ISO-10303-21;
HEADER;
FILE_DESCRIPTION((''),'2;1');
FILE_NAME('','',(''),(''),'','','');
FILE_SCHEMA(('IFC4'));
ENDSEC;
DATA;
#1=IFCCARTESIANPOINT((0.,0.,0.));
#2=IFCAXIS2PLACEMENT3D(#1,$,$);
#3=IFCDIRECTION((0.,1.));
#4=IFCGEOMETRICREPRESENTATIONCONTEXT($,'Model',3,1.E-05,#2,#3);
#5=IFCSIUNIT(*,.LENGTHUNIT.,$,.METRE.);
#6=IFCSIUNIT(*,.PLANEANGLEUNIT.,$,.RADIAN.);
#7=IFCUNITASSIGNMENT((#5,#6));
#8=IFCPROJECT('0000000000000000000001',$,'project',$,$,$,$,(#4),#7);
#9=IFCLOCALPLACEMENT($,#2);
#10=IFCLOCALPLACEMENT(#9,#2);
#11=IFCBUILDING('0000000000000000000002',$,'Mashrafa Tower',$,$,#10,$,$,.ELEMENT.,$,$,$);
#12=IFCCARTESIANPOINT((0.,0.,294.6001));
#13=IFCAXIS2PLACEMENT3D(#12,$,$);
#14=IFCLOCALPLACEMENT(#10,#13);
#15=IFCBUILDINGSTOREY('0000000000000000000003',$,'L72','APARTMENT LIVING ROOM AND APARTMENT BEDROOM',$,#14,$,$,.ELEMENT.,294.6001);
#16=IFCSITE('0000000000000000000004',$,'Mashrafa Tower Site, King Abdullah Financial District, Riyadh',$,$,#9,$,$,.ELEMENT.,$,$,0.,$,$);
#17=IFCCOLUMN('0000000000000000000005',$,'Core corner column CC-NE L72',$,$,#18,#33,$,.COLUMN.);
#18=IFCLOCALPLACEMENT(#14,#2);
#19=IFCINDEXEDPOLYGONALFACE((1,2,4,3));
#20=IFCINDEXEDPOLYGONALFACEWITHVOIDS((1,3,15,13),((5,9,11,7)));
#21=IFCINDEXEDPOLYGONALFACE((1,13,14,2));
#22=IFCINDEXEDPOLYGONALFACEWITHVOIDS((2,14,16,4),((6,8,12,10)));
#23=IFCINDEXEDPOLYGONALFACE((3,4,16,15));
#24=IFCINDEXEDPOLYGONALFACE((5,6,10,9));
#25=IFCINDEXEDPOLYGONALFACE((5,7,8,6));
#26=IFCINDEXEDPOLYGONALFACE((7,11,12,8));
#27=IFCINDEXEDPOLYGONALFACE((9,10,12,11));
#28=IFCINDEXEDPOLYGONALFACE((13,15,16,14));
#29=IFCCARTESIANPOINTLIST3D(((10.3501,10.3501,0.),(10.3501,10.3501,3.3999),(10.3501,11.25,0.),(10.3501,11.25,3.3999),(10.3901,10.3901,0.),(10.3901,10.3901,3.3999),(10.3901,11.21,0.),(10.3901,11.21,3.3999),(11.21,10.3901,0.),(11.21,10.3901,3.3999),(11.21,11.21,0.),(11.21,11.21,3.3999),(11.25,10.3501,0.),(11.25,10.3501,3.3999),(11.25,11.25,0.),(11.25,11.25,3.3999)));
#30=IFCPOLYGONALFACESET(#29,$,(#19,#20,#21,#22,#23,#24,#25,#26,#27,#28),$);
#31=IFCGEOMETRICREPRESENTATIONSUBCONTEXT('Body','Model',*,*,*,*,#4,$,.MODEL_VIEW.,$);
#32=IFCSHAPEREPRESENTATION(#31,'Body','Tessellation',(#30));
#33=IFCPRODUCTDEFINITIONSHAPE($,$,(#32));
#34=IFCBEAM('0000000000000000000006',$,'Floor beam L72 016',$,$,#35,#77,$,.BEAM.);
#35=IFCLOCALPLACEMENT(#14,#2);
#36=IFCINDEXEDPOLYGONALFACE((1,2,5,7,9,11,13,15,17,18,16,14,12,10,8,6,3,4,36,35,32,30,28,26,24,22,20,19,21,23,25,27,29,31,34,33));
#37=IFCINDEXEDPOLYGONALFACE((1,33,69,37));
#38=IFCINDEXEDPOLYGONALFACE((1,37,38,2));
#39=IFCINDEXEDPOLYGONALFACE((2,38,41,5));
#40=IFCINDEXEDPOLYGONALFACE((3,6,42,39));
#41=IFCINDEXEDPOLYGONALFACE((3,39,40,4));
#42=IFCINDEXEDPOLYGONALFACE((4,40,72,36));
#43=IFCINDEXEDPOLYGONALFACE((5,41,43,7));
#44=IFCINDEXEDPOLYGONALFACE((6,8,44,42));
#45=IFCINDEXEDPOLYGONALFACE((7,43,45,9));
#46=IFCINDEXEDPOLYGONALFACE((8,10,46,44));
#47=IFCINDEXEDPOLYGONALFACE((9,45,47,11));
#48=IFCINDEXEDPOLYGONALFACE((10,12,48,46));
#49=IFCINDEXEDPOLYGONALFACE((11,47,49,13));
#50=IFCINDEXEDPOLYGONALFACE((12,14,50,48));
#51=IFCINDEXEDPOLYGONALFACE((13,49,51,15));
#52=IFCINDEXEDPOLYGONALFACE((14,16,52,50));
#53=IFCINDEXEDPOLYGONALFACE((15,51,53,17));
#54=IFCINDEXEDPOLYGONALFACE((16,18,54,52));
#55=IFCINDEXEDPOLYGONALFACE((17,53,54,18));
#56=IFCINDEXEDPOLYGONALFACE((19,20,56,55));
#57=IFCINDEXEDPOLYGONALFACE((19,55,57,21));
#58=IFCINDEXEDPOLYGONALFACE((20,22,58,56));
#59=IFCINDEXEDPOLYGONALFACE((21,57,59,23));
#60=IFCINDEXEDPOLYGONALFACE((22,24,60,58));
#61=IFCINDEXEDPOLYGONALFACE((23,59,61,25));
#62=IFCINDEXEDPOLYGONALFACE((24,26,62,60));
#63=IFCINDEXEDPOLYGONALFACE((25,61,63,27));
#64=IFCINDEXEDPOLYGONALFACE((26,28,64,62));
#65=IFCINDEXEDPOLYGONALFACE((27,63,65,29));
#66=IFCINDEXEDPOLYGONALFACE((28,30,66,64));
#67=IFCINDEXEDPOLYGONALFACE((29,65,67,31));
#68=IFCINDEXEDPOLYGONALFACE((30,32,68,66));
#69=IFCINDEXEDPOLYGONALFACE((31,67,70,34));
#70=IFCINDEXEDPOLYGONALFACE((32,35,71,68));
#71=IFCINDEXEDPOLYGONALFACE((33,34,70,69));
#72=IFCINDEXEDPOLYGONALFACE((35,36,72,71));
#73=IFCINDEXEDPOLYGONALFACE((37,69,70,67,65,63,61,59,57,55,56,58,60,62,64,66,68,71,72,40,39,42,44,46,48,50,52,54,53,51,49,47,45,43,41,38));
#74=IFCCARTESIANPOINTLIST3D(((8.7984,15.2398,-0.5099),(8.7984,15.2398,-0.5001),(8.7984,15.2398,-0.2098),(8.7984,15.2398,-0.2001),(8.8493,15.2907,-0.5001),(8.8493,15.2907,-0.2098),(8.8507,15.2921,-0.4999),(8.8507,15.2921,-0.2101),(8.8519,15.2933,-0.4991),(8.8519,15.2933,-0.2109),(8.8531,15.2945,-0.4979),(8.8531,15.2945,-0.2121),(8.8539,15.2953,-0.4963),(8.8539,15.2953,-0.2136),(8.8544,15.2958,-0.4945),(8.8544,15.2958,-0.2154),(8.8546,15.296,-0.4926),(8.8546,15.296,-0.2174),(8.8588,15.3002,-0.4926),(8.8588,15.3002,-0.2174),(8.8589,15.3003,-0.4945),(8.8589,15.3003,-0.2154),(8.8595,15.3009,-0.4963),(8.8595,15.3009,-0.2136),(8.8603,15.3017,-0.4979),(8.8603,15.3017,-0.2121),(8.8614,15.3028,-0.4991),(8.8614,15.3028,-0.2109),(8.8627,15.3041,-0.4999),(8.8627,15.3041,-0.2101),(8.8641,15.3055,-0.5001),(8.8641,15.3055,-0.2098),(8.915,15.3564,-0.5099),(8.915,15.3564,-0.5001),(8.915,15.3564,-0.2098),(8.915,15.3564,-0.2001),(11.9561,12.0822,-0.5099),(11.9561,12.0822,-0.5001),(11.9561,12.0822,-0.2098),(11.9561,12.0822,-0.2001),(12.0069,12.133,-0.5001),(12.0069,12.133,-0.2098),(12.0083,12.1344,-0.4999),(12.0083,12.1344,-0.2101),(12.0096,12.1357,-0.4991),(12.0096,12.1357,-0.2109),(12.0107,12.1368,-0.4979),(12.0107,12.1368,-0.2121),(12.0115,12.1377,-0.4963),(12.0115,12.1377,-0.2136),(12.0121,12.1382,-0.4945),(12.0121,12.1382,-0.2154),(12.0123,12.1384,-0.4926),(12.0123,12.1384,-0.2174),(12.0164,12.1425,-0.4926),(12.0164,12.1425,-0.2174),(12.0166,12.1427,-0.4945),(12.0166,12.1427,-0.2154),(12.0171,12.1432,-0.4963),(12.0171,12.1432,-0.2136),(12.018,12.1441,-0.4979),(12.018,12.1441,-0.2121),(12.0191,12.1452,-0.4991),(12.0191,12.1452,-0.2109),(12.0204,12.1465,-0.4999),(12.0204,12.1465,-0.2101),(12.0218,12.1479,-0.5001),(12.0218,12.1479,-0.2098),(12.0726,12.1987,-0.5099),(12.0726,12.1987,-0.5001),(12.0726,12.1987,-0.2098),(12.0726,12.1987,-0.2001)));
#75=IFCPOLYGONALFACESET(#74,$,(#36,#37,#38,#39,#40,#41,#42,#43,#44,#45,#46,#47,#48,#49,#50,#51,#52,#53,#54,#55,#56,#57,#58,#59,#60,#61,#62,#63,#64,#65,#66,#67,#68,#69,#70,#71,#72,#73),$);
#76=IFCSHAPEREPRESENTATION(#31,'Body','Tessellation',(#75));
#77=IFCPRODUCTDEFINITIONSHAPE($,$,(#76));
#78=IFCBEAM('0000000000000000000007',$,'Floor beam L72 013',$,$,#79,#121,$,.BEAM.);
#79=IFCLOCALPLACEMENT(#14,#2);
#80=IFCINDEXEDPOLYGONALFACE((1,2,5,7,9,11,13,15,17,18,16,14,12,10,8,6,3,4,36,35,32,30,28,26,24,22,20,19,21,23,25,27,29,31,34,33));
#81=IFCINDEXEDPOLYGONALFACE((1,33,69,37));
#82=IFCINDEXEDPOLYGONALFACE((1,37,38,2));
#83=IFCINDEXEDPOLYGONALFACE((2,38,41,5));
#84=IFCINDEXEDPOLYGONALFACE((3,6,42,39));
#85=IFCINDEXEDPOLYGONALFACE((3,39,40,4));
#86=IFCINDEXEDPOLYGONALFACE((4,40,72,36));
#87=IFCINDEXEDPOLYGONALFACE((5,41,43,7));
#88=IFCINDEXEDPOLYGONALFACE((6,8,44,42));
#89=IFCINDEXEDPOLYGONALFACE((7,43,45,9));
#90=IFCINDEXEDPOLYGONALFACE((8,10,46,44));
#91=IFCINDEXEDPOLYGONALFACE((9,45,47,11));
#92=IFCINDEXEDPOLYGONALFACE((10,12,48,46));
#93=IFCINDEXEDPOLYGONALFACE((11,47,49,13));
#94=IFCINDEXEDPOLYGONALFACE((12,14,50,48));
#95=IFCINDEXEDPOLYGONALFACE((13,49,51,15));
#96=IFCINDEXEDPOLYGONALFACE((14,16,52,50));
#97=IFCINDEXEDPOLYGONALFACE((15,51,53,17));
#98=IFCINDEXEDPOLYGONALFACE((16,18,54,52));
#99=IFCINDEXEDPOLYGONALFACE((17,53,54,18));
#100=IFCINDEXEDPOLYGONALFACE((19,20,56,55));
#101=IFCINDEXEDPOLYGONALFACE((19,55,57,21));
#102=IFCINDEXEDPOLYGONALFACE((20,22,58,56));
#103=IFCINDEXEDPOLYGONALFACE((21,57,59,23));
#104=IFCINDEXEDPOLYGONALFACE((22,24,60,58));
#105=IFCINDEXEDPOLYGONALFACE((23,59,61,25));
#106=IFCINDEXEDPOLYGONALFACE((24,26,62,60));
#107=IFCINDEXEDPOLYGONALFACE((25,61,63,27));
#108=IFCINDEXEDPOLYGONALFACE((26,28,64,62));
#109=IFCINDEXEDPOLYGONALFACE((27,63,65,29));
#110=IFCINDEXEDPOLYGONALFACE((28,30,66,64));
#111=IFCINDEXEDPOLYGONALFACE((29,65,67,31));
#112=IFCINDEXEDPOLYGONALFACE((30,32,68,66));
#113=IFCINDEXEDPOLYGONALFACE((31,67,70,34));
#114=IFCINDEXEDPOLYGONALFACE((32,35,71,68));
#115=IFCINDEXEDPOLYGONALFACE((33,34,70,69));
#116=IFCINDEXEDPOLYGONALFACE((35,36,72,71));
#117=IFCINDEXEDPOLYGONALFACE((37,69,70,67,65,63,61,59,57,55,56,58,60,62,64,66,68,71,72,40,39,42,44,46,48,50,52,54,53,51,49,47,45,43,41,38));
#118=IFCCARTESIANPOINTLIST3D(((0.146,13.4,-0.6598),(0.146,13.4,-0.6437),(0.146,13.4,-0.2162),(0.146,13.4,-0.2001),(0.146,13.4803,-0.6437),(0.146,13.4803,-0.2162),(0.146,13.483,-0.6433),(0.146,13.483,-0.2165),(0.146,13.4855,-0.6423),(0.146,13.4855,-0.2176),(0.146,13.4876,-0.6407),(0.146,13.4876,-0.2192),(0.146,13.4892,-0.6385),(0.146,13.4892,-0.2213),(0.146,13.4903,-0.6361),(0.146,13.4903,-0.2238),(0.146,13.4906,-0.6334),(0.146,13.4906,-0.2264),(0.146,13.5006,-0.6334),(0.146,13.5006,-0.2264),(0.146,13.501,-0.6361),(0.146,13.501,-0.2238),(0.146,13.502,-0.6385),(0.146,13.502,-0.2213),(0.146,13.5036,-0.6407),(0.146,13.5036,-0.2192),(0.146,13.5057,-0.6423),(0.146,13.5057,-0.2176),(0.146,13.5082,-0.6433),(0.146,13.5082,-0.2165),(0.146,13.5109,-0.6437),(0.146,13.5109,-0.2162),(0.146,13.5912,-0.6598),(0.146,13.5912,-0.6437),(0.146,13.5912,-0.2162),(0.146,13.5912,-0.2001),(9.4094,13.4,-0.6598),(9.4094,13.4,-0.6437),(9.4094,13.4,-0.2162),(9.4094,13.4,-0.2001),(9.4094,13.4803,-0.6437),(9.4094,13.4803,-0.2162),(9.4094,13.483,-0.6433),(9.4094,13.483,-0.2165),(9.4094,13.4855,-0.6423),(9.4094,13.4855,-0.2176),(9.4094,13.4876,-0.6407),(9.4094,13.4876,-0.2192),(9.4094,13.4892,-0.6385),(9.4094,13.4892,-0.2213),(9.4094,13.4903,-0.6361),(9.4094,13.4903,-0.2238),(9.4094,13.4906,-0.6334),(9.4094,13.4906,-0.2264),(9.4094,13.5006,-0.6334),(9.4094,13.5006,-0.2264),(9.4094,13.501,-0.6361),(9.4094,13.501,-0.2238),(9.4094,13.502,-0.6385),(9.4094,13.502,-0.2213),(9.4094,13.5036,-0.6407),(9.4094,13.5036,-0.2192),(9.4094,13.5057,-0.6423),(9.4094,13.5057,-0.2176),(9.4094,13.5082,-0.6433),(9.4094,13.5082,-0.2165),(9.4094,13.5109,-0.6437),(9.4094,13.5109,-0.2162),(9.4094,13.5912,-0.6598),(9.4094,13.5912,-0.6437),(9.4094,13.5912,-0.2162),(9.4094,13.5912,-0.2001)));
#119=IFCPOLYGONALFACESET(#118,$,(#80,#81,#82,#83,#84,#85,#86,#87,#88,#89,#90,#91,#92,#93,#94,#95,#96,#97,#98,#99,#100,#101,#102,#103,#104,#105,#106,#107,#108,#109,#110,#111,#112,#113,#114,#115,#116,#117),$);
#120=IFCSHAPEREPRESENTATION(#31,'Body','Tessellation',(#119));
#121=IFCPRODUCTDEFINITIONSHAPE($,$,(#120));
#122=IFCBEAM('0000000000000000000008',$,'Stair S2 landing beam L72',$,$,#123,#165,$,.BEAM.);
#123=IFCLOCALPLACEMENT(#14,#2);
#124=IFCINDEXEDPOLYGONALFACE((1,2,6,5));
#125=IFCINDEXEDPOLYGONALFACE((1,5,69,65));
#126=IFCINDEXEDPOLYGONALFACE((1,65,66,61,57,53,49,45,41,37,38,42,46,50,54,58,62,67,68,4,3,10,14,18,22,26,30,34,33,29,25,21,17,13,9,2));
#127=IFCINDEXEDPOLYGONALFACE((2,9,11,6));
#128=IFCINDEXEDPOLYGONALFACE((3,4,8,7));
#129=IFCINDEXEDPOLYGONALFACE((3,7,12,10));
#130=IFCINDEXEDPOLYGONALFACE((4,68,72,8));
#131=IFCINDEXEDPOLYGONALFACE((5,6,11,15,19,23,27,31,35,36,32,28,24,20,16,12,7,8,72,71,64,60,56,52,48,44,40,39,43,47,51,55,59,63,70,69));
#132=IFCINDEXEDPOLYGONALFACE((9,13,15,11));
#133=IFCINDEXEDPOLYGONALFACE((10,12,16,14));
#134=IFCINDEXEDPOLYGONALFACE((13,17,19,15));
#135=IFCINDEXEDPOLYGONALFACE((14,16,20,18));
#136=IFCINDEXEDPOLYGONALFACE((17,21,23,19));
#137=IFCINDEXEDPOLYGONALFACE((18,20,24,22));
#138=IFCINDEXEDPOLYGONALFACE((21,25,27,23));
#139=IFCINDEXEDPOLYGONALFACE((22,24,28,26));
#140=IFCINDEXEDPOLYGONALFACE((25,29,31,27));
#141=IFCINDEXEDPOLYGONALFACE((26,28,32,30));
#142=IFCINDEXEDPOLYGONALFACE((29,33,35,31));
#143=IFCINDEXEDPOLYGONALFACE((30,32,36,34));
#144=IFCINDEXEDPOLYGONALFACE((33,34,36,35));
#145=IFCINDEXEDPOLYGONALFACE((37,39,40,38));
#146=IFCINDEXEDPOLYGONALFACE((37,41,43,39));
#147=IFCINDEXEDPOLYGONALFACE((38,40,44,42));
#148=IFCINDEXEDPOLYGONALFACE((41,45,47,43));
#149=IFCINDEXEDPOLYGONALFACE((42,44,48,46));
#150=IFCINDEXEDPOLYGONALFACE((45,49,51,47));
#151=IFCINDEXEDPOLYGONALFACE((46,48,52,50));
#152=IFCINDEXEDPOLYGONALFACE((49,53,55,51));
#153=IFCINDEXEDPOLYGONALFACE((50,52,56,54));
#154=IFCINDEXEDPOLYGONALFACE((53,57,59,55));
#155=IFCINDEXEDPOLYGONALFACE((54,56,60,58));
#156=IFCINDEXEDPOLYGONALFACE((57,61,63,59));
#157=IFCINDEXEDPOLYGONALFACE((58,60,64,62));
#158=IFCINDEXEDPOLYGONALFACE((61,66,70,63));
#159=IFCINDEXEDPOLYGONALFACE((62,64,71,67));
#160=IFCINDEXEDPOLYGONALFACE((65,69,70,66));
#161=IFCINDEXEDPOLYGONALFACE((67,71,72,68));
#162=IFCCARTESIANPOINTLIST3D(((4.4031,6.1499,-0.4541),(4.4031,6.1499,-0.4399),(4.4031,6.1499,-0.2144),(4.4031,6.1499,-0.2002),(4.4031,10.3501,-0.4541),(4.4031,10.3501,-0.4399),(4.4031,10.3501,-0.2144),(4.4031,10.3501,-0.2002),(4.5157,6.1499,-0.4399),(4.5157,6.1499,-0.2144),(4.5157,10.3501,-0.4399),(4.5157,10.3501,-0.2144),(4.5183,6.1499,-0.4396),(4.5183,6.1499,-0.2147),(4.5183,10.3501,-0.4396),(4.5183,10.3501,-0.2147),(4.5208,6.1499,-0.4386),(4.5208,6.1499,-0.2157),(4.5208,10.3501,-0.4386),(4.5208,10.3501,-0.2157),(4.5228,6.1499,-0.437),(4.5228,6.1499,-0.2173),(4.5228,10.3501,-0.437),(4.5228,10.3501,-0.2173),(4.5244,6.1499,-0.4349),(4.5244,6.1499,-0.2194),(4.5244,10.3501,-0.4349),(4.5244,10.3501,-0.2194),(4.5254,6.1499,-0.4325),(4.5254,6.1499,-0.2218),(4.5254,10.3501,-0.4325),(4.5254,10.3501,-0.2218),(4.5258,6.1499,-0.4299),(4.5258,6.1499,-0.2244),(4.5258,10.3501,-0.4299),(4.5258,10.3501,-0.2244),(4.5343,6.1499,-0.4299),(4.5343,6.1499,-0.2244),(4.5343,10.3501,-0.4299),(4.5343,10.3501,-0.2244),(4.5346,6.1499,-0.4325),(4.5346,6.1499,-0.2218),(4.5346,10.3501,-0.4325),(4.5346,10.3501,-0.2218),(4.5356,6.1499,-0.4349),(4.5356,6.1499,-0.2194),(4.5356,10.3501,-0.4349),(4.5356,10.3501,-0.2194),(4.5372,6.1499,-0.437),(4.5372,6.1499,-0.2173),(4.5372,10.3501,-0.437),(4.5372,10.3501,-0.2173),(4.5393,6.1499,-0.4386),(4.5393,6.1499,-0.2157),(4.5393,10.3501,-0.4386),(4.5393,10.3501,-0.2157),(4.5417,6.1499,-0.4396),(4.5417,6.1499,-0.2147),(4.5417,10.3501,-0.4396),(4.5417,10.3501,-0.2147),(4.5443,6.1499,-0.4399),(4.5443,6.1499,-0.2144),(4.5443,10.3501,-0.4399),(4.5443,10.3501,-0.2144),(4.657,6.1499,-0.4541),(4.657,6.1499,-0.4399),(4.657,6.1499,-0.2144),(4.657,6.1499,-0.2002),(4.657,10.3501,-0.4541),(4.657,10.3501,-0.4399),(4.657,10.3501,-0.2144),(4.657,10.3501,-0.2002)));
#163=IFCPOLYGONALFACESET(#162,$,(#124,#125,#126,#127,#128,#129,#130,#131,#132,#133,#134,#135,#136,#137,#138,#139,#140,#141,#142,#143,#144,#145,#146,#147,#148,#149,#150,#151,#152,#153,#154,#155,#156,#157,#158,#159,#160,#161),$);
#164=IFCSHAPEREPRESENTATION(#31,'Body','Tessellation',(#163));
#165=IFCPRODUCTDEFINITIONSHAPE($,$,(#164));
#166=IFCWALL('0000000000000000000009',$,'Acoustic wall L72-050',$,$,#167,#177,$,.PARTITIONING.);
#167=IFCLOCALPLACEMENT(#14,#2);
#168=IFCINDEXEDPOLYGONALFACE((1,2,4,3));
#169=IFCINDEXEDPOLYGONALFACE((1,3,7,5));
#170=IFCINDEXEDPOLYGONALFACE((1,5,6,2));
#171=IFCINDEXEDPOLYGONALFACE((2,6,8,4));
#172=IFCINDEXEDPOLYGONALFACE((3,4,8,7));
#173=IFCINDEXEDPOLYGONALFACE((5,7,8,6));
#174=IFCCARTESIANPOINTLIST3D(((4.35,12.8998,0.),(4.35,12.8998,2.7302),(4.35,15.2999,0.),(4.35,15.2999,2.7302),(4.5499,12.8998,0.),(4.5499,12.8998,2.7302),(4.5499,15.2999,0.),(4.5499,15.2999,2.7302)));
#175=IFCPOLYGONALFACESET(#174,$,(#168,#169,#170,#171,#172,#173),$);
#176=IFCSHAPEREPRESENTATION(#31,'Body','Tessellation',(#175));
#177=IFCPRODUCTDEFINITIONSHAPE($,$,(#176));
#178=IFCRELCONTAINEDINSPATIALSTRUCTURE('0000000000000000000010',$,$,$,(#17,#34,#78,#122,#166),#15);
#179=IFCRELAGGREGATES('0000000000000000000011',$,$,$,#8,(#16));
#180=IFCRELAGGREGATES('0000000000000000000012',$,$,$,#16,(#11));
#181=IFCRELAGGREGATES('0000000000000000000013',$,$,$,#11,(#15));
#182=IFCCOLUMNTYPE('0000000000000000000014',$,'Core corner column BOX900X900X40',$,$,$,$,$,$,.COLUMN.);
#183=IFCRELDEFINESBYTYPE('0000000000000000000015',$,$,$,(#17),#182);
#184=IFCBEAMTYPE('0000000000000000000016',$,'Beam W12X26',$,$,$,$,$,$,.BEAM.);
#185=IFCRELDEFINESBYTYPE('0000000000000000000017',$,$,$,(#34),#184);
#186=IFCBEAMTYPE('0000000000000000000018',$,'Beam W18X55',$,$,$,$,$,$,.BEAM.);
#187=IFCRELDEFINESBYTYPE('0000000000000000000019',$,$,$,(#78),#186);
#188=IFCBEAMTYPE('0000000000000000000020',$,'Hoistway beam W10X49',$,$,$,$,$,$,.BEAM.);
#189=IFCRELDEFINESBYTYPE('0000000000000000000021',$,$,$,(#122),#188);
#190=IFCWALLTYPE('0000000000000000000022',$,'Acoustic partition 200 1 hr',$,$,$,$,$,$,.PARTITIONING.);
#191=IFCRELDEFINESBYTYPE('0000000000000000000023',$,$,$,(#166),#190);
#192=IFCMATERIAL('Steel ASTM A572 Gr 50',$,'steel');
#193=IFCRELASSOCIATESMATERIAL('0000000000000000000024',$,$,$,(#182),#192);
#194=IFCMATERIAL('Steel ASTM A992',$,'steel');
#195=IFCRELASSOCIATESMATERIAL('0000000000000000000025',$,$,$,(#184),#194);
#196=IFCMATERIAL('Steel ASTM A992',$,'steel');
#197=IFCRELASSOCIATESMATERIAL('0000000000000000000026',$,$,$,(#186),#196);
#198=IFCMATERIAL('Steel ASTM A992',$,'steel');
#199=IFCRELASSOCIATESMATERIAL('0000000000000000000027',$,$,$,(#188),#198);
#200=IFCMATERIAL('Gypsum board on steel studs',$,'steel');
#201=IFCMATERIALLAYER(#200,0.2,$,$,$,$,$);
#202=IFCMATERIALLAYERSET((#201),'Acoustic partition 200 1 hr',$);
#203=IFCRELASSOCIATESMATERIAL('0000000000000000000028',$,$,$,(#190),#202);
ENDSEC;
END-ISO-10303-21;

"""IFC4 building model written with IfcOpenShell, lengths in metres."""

from ifc_helpers import new_model, si_unit, direction, frame, frame_2d, origin, origin_2d, place, context, subcontext, project, spatial, rectangle, hollow_rectangle, i_section, extrude, material, layer, layer_set, material_profile, profile_set, type_object, element, save


model = new_model("IFC4")

# Units and contexts
model_context = context("Model", 3, precision=1e-05, world=origin(), true_north=direction((0.0, 1.0)))
body_context = subcontext(model_context, "Body", "Model", "MODEL_VIEW")
ifc_project = project(units=[si_unit("LENGTHUNIT", "METRE"), si_unit("PLANEANGLEUNIT", "RADIAN")], contexts=[model_context])

# Site, building, storey
site_placement = place(None, origin())
site = spatial("IfcSite", under=ifc_project, at=site_placement, Name="Mashrafa Tower Site, King Abdullah Financial District, Riyadh", CompositionType="ELEMENT", RefElevation=0.0)
building_placement = place(site_placement, origin())
building = spatial("IfcBuilding", under=site, at=building_placement, Name="Mashrafa Tower", CompositionType="ELEMENT")
storey_placement = place(building_placement, frame((0.0, 0.0, 294.6001)))
storey = spatial("IfcBuildingStorey", under=building, at=storey_placement, Name="L72", Description="APARTMENT LIVING ROOM AND APARTMENT BEDROOM", CompositionType="ELEMENT", Elevation=294.6001)

# Column
ifc_material_1 = material(Name="Steel ASTM A572 Gr 50", Category="steel")
ifc_material_profile_1 = material_profile(ifc_material_1, hollow_rectangle(XDim=0.8999, YDim=0.8999, WallThickness=0.04, at=origin_2d()), Name="BOX900X900X40")
ifc_profile_set_1 = profile_set([ifc_material_profile_1], Name="Steel ASTM A572 Gr 50")
column_type = type_object("IfcColumnType", Name="Core corner column BOX900X900X40", PredefinedType="COLUMN", material=ifc_profile_set_1)
column_placement = place(storey_placement, frame((10.8, 10.8, 0.0), z_axis=(0.0, 0.0, 1.0), x_axis=(1.0, 0.0, 0.0)))
element("IfcColumn", 1, at=column_placement, inside=storey, type_object=column_type, Name="Core corner column CC-NE L72", PredefinedType="COLUMN", context=body_context, shape_type="SweptSolid", body=[
    extrude(hollow_rectangle(XDim=0.8999, YDim=0.8999, WallThickness=0.04, at=origin_2d()), origin(), (0.0, 0.0, 1.0), 3.3999),
])

# Beams
ifc_material_2 = material(Name="Steel ASTM A992", Category="steel")
ifc_material_profile_2 = material_profile(ifc_material_2, i_section(OverallWidth=0.1648, OverallDepth=0.3098, WebThickness=0.0059, FlangeThickness=0.0098, FilletRadius=0.0076, at=origin_2d()), Name="W12X26")
ifc_profile_set_2 = profile_set([ifc_material_profile_2], Name="Steel ASTM A992")
beam_type_1 = type_object("IfcBeamType", Name="Beam W12X26", PredefinedType="BEAM", material=ifc_profile_set_2)
beam_1_placement = place(storey_placement, frame((8.8567, 15.2981, -0.355), z_axis=(0.707107, -0.707107, 0.0), x_axis=(0.707107, 0.707107, 0.0)))
element("IfcBeam", 2, at=beam_1_placement, inside=storey, type_object=beam_type_1, Name="Floor beam L72 016", PredefinedType="BEAM", context=body_context, shape_type="SweptSolid", body=[
    extrude(i_section(OverallWidth=0.1648, OverallDepth=0.3098, WebThickness=0.0059, FlangeThickness=0.0098, FilletRadius=0.0076, at=origin_2d()), origin(), (0.0, 0.0, 1.0), 4.4656),
])
ifc_material_3 = material(Name="Steel ASTM A992", Category="steel")
ifc_material_profile_3 = material_profile(ifc_material_3, i_section(OverallWidth=0.1912, OverallDepth=0.4597, WebThickness=0.01, FlangeThickness=0.0161, FilletRadius=0.0103, at=origin_2d()), Name="W18X55")
ifc_profile_set_3 = profile_set([ifc_material_profile_3], Name="Steel ASTM A992")
beam_type_2 = type_object("IfcBeamType", Name="Beam W18X55", PredefinedType="BEAM", material=ifc_profile_set_3)
beam_2_placement = place(storey_placement, frame((0.146, 13.4956, -0.4299), z_axis=(1.0, 0.0, 0.0), x_axis=(0.0, 1.0, 0.0)))
element("IfcBeam", 3, at=beam_2_placement, inside=storey, type_object=beam_type_2, Name="Floor beam L72 013", PredefinedType="BEAM", context=body_context, shape_type="SweptSolid", body=[
    extrude(i_section(OverallWidth=0.1912, OverallDepth=0.4597, WebThickness=0.01, FlangeThickness=0.0161, FilletRadius=0.0103, at=origin_2d()), origin(), (0.0, 0.0, 1.0), 9.2634),
])
ifc_material_4 = material(Name="Steel ASTM A992", Category="steel")
ifc_material_profile_4 = material_profile(ifc_material_4, i_section(OverallWidth=0.2539, OverallDepth=0.2539, WebThickness=0.0085, FlangeThickness=0.0142, FilletRadius=0.01, at=origin_2d()), Name="W10X49")
ifc_profile_set_4 = profile_set([ifc_material_profile_4], Name="Steel ASTM A992")
beam_type_3 = type_object("IfcBeamType", Name="Hoistway beam W10X49", PredefinedType="BEAM", material=ifc_profile_set_4)
beam_3_placement = place(storey_placement, frame((4.53, 6.1499, -0.3271), z_axis=(0.0, 1.0, 0.0), x_axis=(-1.0, 0.0, 0.0)))
element("IfcBeam", 4, at=beam_3_placement, inside=storey, type_object=beam_type_3, Name="Stair S2 landing beam L72", PredefinedType="BEAM", context=body_context, shape_type="SweptSolid", body=[
    extrude(i_section(OverallWidth=0.2539, OverallDepth=0.2539, WebThickness=0.0085, FlangeThickness=0.0142, FilletRadius=0.01, at=origin_2d()), origin(), (0.0, 0.0, 1.0), 4.2002),
])

# Wall
ifc_material_5 = material(Name="Gypsum board on steel studs", Category="steel")
ifc_layer_1 = layer(ifc_material_5, 0.2)
ifc_layer_set_1 = layer_set([ifc_layer_1], Name="Acoustic partition 200 1 hr")
wall_type_1 = type_object("IfcWallType", Name="Acoustic partition 200 1 hr", PredefinedType="PARTITIONING", material=ifc_layer_set_1)
wall_1_placement = place(storey_placement, frame((4.45, 15.3, 0.0), z_axis=(0.0, 0.0, 1.0), x_axis=(0.0, -1.0, 0.0)))
element("IfcWall", 5, at=wall_1_placement, inside=storey, type_object=wall_type_1, Name="Acoustic wall L72-050", PredefinedType="PARTITIONING", context=body_context, shape_type="SweptSolid", body=[
    extrude(rectangle(XDim=2.4001, YDim=0.2, at=frame_2d((1.2002, 0.0))), origin(), (0.0, 0.0, 1.0), 2.7302),
])

save(model, "model.ifc")
